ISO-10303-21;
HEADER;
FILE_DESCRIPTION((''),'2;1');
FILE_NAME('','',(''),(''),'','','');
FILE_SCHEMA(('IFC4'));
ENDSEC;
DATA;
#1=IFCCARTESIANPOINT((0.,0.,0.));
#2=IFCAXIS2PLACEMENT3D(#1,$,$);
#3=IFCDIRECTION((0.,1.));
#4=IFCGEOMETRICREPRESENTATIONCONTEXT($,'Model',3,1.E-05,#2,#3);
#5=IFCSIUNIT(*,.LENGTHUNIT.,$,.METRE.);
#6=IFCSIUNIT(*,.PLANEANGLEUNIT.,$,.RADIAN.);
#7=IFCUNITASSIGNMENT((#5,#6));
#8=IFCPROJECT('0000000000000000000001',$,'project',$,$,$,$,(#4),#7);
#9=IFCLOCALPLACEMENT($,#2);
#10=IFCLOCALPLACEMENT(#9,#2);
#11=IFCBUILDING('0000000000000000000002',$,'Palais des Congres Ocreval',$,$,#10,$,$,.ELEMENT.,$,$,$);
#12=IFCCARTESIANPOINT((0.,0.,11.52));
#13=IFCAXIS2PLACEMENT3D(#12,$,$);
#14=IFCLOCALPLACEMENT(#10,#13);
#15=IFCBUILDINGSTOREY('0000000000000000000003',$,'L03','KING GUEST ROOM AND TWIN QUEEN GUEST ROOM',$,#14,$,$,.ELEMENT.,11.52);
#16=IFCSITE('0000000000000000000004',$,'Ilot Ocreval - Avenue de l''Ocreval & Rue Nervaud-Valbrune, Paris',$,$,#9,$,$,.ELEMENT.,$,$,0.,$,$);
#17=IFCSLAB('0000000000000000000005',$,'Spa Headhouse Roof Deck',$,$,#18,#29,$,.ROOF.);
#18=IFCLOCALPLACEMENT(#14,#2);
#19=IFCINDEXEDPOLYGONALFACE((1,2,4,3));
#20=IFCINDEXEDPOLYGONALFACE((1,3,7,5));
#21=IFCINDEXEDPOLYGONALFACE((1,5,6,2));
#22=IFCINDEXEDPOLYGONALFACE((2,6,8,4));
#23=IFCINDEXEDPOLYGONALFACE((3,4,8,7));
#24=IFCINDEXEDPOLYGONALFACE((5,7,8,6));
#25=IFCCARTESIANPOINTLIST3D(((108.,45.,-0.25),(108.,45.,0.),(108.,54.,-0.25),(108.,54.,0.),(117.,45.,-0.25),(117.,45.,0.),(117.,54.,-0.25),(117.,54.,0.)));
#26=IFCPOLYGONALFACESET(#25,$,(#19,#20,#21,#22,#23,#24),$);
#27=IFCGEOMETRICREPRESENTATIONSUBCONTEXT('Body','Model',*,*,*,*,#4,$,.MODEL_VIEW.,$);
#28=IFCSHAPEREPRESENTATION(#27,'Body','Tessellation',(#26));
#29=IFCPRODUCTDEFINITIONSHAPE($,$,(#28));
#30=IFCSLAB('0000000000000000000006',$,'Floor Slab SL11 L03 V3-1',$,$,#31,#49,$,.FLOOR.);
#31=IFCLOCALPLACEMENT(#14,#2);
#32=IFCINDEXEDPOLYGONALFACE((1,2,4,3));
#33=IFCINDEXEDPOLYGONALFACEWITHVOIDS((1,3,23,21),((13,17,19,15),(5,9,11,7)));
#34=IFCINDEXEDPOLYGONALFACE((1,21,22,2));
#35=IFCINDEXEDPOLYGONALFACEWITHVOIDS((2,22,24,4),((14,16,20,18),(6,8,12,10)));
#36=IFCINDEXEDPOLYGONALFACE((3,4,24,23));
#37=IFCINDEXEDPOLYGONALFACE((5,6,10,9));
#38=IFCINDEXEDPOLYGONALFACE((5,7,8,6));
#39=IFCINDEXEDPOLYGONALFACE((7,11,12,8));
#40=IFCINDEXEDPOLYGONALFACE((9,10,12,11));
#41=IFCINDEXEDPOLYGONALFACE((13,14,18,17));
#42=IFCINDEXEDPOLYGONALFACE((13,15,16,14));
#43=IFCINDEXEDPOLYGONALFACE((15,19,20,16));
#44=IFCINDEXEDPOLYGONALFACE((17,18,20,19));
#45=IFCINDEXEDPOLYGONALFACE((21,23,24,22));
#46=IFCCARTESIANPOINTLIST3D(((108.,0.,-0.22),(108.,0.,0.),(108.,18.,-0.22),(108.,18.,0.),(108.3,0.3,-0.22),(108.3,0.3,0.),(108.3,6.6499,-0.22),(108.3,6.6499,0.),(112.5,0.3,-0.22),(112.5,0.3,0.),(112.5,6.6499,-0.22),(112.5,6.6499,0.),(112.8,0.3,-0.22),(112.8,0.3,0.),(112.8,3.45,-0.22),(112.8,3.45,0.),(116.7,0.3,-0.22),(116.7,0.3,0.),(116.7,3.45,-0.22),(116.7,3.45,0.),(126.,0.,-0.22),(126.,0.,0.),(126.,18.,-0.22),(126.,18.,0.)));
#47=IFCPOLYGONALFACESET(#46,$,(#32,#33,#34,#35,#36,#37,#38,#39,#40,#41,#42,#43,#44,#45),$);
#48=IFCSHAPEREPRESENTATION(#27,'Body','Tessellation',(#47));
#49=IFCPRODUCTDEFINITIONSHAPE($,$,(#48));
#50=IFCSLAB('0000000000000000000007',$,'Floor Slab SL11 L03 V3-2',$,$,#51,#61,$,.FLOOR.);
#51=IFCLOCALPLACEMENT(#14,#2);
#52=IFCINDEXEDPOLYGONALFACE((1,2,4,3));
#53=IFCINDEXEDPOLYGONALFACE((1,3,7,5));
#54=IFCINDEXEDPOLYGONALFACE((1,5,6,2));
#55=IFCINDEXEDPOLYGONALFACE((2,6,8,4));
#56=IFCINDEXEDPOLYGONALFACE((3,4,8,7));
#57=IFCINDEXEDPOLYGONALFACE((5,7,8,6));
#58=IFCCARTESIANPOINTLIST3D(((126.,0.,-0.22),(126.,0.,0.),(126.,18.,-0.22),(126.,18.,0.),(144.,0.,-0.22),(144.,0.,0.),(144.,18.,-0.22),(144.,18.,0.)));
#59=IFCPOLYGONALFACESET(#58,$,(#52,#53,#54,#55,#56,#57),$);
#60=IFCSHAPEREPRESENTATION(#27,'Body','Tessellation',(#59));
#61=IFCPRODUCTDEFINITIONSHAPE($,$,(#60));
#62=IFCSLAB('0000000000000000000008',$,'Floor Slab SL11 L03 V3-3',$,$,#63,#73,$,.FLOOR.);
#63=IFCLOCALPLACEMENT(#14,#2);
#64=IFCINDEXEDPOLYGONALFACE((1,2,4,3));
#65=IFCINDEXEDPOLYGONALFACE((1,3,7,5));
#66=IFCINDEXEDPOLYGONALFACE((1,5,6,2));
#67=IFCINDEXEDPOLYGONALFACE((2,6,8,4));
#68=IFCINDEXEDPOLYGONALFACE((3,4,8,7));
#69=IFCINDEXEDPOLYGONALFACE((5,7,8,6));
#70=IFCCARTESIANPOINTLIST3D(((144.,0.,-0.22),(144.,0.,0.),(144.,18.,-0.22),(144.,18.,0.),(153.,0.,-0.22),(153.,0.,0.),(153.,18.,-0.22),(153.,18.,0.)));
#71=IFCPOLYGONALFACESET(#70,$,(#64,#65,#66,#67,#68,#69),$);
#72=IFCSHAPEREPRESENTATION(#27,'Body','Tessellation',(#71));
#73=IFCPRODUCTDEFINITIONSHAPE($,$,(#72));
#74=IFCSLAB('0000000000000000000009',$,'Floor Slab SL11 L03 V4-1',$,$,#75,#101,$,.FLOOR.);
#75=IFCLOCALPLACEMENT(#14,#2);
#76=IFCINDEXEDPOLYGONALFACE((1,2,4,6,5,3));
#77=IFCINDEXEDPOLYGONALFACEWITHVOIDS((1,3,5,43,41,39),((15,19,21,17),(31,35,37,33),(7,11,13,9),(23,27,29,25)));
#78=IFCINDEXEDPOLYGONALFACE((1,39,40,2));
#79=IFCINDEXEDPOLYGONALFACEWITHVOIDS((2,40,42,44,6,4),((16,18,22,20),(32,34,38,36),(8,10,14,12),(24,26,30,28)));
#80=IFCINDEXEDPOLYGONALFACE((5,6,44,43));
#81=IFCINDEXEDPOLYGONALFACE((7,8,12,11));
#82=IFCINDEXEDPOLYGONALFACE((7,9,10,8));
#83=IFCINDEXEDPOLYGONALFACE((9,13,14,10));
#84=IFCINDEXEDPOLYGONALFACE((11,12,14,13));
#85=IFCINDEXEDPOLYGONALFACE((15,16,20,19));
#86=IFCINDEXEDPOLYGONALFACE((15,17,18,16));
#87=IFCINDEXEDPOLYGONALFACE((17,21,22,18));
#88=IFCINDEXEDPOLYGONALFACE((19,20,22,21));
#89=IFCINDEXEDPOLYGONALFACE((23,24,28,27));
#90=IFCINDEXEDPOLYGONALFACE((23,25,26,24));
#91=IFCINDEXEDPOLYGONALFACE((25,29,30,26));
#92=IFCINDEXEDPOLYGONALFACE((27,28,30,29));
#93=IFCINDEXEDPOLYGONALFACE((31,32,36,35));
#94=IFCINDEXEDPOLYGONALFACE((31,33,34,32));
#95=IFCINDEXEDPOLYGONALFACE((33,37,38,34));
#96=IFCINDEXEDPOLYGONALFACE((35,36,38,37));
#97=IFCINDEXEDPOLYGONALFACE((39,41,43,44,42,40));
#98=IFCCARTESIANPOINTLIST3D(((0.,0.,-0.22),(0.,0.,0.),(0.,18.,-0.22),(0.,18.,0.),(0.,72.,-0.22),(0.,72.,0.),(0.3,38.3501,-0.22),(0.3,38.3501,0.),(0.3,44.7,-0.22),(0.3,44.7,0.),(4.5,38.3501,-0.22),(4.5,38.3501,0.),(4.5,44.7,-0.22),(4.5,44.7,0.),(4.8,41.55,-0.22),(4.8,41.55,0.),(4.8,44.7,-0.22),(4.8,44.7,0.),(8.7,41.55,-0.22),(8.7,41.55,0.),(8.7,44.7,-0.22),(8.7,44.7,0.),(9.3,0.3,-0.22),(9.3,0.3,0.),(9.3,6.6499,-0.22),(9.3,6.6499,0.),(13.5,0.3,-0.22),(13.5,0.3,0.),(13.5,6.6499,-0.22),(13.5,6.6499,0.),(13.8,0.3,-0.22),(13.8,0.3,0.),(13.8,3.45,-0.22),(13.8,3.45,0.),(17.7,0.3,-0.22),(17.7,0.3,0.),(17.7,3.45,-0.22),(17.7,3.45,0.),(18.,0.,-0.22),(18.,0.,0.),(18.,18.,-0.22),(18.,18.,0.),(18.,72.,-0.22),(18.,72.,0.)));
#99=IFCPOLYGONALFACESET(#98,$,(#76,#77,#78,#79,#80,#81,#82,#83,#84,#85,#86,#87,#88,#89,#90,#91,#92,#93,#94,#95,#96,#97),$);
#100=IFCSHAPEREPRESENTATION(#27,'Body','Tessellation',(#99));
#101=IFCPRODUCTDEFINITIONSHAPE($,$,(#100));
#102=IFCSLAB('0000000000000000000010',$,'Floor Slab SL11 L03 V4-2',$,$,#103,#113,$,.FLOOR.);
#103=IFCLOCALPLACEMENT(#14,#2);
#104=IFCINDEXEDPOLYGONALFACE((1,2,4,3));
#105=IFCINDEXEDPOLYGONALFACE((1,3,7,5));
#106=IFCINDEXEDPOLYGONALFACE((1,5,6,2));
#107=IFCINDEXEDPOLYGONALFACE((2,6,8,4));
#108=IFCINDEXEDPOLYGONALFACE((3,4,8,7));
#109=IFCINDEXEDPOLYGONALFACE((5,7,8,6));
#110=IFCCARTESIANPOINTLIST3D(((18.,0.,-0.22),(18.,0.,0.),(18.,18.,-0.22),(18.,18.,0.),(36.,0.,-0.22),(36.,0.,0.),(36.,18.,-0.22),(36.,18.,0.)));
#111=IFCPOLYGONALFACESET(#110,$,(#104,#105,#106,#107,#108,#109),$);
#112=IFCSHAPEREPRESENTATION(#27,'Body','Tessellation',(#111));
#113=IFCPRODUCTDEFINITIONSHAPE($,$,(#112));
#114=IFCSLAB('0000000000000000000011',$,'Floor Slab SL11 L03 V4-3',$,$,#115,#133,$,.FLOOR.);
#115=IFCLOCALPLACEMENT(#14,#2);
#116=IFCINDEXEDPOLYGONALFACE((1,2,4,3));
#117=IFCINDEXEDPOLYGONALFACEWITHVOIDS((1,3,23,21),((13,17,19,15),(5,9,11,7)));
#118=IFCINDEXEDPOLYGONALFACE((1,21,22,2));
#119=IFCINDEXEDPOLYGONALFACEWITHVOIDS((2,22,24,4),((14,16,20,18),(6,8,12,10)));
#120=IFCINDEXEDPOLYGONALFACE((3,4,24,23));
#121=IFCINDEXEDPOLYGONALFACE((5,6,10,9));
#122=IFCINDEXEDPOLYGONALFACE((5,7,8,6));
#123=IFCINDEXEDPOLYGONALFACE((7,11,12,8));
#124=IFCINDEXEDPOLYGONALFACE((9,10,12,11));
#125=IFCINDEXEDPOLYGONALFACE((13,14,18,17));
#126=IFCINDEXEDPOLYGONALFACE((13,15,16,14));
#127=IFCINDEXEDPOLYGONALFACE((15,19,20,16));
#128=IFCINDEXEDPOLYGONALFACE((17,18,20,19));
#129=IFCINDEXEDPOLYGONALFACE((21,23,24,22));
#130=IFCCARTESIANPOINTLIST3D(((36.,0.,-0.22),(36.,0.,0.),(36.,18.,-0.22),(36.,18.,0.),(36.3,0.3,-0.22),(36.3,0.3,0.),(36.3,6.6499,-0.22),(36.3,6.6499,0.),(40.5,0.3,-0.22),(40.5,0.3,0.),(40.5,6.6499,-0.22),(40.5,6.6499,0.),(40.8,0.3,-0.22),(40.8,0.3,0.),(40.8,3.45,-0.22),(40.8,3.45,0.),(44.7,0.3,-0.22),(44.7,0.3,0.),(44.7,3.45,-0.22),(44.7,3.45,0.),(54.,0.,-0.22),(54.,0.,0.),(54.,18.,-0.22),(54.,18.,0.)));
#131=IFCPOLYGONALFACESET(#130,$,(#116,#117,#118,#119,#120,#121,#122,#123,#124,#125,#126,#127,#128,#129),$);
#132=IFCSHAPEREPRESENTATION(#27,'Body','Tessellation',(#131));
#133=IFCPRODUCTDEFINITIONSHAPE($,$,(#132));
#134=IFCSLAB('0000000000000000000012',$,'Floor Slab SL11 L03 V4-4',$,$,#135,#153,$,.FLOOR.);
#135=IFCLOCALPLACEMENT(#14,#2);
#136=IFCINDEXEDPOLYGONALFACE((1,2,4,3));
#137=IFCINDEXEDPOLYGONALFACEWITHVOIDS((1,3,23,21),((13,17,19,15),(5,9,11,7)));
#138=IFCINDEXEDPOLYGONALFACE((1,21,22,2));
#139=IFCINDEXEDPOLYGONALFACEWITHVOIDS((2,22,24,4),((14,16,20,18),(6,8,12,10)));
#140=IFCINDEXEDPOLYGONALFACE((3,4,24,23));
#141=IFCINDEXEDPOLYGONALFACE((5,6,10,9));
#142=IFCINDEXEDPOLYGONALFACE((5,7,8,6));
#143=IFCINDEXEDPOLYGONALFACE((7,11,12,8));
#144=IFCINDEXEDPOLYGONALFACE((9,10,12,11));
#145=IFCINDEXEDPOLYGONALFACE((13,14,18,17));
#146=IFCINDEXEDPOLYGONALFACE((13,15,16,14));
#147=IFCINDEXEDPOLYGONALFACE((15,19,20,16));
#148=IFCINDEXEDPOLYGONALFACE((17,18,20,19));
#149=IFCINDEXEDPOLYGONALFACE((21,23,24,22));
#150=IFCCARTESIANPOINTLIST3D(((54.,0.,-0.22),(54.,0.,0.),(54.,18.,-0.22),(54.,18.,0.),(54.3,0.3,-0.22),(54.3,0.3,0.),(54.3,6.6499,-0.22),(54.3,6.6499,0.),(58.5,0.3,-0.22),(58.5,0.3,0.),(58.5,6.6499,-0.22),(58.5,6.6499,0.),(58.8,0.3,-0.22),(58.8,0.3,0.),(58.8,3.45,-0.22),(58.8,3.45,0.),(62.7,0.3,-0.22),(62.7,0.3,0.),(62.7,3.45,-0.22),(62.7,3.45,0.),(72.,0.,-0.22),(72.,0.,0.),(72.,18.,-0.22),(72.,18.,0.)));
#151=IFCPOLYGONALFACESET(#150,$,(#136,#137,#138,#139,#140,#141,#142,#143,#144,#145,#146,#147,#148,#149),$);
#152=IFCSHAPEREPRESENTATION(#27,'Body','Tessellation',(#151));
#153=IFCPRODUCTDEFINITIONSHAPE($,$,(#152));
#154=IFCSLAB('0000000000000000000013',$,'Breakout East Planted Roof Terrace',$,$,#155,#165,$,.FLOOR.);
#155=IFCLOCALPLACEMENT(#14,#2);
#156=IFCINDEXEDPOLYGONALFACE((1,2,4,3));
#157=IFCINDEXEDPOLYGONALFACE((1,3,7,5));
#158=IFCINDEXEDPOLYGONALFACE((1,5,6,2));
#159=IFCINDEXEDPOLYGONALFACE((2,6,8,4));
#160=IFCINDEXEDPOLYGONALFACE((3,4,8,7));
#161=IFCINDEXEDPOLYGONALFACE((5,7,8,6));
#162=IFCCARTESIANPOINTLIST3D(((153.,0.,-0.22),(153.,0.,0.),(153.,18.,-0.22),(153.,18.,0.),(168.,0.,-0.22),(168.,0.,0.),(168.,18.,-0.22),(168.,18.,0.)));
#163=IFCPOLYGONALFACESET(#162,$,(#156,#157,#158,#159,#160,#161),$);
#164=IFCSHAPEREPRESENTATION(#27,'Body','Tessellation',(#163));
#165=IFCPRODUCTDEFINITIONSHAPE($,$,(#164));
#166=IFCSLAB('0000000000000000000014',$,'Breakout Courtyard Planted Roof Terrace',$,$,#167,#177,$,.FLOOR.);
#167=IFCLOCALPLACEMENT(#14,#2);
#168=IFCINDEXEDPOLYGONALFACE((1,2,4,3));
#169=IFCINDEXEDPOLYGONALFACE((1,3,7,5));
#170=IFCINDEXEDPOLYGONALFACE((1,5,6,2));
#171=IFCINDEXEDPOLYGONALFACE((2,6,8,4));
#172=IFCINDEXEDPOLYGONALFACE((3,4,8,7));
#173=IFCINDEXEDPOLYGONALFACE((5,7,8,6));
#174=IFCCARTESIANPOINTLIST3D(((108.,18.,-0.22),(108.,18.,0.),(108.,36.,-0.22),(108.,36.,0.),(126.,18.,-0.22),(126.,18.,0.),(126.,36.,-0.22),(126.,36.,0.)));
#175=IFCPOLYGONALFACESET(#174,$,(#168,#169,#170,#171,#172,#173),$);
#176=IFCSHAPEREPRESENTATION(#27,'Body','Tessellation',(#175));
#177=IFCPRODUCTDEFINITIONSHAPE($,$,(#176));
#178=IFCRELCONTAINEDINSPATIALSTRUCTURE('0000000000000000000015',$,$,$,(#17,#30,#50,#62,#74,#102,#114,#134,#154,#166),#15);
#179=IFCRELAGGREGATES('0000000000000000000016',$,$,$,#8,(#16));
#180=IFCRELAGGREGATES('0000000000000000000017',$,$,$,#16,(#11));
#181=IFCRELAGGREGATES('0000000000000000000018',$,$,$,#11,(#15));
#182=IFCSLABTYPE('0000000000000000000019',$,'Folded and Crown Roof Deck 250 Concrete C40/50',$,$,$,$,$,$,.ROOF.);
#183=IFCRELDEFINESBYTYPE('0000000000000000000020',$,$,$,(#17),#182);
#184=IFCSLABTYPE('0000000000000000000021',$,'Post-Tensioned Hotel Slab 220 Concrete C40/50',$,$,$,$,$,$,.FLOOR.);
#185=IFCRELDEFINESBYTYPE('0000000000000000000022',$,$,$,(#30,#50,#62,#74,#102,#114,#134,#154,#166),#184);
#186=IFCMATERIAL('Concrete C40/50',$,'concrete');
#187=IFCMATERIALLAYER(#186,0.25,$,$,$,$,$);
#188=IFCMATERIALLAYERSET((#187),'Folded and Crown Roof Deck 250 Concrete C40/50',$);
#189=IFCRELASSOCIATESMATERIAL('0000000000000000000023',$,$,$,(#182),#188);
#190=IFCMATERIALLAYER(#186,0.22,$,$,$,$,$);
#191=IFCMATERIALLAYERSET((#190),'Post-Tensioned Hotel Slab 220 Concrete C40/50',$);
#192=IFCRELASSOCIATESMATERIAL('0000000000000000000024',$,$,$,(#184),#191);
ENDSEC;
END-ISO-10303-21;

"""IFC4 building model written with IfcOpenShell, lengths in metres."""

from ifc_helpers import new_model, si_unit, direction, frame, origin, place, context, subcontext, project, spatial, polyline, outline, extrude, material, layer, layer_set, type_object, element, save


model = new_model("IFC4")

# Units and contexts
model_context = context("Model", 3, precision=1e-05, world=origin(), true_north=direction((0.0, 1.0)))
body_context = subcontext(model_context, "Body", "Model", "MODEL_VIEW")
ifc_project = project(units=[si_unit("LENGTHUNIT", "METRE"), si_unit("PLANEANGLEUNIT", "RADIAN")], contexts=[model_context])

# Site, building, storey
site_placement = place(None, origin())
site = spatial("IfcSite", under=ifc_project, at=site_placement, Name="Ilot Ocreval - Avenue de l'Ocreval & Rue Nervaud-Valbrune, Paris", CompositionType="ELEMENT", RefElevation=0.0)
building_placement = place(site_placement, origin())
building = spatial("IfcBuilding", under=site, at=building_placement, Name="Palais des Congres Ocreval", CompositionType="ELEMENT")
storey_placement = place(building_placement, frame((0.0, 0.0, 11.52)))
storey = spatial("IfcBuildingStorey", under=building, at=storey_placement, Name="L03", Description="KING GUEST ROOM AND TWIN QUEEN GUEST ROOM", CompositionType="ELEMENT", Elevation=11.52)

# Shared definitions
ifc_material_1 = material(Name="Concrete C40/50", Category="concrete")
ifc_layer_1 = layer(ifc_material_1, 0.25)
ifc_layer_set_1 = layer_set([ifc_layer_1], Name="Folded and Crown Roof Deck 250 Concrete C40/50")
slab_type_1 = type_object("IfcSlabType", Name="Folded and Crown Roof Deck 250 Concrete C40/50", PredefinedType="ROOF", material=ifc_layer_set_1)

# Slabs
slab_1_placement = place(storey_placement, frame((0.0, 0.0, -0.25)))
element("IfcSlab", 1, at=slab_1_placement, inside=storey, type_object=slab_type_1, Name="Spa Headhouse Roof Deck", PredefinedType="ROOF", context=body_context, shape_type="SweptSolid", body=[
    extrude(outline(polyline([(108.0, 45.0), (108.0, 54.0), (117.0, 54.0), (117.0, 45.0), (108.0, 45.0)])), origin(), (0.0, 0.0, 1.0), 0.25),
])
ifc_layer_2 = layer(ifc_material_1, 0.22)
ifc_layer_set_2 = layer_set([ifc_layer_2], Name="Post-Tensioned Hotel Slab 220 Concrete C40/50")
slab_type_2 = type_object("IfcSlabType", Name="Post-Tensioned Hotel Slab 220 Concrete C40/50", PredefinedType="FLOOR", material=ifc_layer_set_2)
slab_2_placement = place(storey_placement, frame((0.0, 0.0, -0.22)))
element("IfcSlab", 2, at=slab_2_placement, inside=storey, type_object=slab_type_2, Name="Floor Slab SL11 L03 V3-1", PredefinedType="FLOOR", context=body_context, shape_type="SweptSolid", body=[
    extrude(outline(polyline([(108.0, 18.0), (126.0, 18.0), (126.0, 0.0), (108.0, 0.0), (108.0, 18.0)]), holes=[polyline([(112.8, 3.45), (112.8, 0.3), (116.7, 0.3), (116.7, 3.45), (112.8, 3.45)]), polyline([(108.3, 0.3), (112.5, 0.3), (112.5, 6.6499), (108.3, 6.6499), (108.3, 0.3)])]), origin(), (0.0, 0.0, 1.0), 0.22),
])
slab_3_placement = place(storey_placement, frame((0.0, 0.0, -0.22)))
element("IfcSlab", 3, at=slab_3_placement, inside=storey, type_object=slab_type_2, Name="Floor Slab SL11 L03 V3-2", PredefinedType="FLOOR", context=body_context, shape_type="SweptSolid", body=[
    extrude(outline(polyline([(144.0, 18.0), (144.0, 0.0), (126.0, 0.0), (126.0, 18.0), (144.0, 18.0)])), origin(), (0.0, 0.0, 1.0), 0.22),
])
slab_4_placement = place(storey_placement, frame((0.0, 0.0, -0.22)))
element("IfcSlab", 4, at=slab_4_placement, inside=storey, type_object=slab_type_2, Name="Floor Slab SL11 L03 V3-3", PredefinedType="FLOOR", context=body_context, shape_type="SweptSolid", body=[
    extrude(outline(polyline([(153.0, 18.0), (153.0, 0.0), (144.0, 0.0), (144.0, 18.0), (153.0, 18.0)])), origin(), (0.0, 0.0, 1.0), 0.22),
])
slab_5_placement = place(storey_placement, frame((0.0, 0.0, -0.22)))
element("IfcSlab", 5, at=slab_5_placement, inside=storey, type_object=slab_type_2, Name="Floor Slab SL11 L03 V4-1", PredefinedType="FLOOR", context=body_context, shape_type="SweptSolid", body=[
    extrude(outline(polyline([(0.0, 0.0), (0.0, 18.0), (0.0, 72.0), (18.0, 72.0), (18.0, 18.0), (18.0, 0.0), (0.0, 0.0)]), holes=[polyline([(13.8, 0.3), (17.7, 0.3), (17.7, 3.45), (13.8, 3.45), (13.8, 0.3)]), polyline([(9.3, 6.6499), (9.3, 0.3), (13.5, 0.3), (13.5, 6.6499), (9.3, 6.6499)]), polyline([(0.3, 44.7), (0.3, 38.3501), (4.5, 38.3501), (4.5, 44.7), (0.3, 44.7)]), polyline([(4.8, 44.7), (4.8, 41.55), (8.7, 41.55), (8.7, 44.7), (4.8, 44.7)])]), origin(), (0.0, 0.0, 1.0), 0.22),
])
slab_6_placement = place(storey_placement, frame((0.0, 0.0, -0.22)))
element("IfcSlab", 6, at=slab_6_placement, inside=storey, type_object=slab_type_2, Name="Floor Slab SL11 L03 V4-2", PredefinedType="FLOOR", context=body_context, shape_type="SweptSolid", body=[
    extrude(outline(polyline([(18.0, 0.0), (18.0, 18.0), (36.0, 18.0), (36.0, 0.0), (18.0, 0.0)])), origin(), (0.0, 0.0, 1.0), 0.22),
])
slab_7_placement = place(storey_placement, frame((0.0, 0.0, -0.22)))
element("IfcSlab", 7, at=slab_7_placement, inside=storey, type_object=slab_type_2, Name="Floor Slab SL11 L03 V4-3", PredefinedType="FLOOR", context=body_context, shape_type="SweptSolid", body=[
    extrude(outline(polyline([(36.0, 0.0), (36.0, 18.0), (54.0, 18.0), (54.0, 0.0), (36.0, 0.0)]), holes=[polyline([(40.8, 0.3), (44.7, 0.3), (44.7, 3.45), (40.8, 3.45), (40.8, 0.3)]), polyline([(36.3, 0.3), (40.5, 0.3), (40.5, 6.6499), (36.3, 6.6499), (36.3, 0.3)])]), origin(), (0.0, 0.0, 1.0), 0.22),
])
slab_8_placement = place(storey_placement, frame((0.0, 0.0, -0.22)))
element("IfcSlab", 8, at=slab_8_placement, inside=storey, type_object=slab_type_2, Name="Floor Slab SL11 L03 V4-4", PredefinedType="FLOOR", context=body_context, shape_type="SweptSolid", body=[
    extrude(outline(polyline([(54.0, 0.0), (54.0, 18.0), (72.0, 18.0), (72.0, 0.0), (54.0, 0.0)]), holes=[polyline([(58.8, 0.3), (62.7, 0.3), (62.7, 3.45), (58.8, 3.45), (58.8, 0.3)]), polyline([(54.3, 0.3), (58.5, 0.3), (58.5, 6.6499), (54.3, 6.6499), (54.3, 0.3)])]), origin(), (0.0, 0.0, 1.0), 0.22),
])
slab_9_placement = place(storey_placement, frame((0.0, 0.0, -0.22)))
element("IfcSlab", 9, at=slab_9_placement, inside=storey, type_object=slab_type_2, Name="Breakout East Planted Roof Terrace", PredefinedType="FLOOR", context=body_context, shape_type="SweptSolid", body=[
    extrude(outline(polyline([(153.0, 0.0), (153.0, 18.0), (168.0, 18.0), (168.0, 0.0), (153.0, 0.0)])), origin(), (0.0, 0.0, 1.0), 0.22),
])
slab_10_placement = place(storey_placement, frame((0.0, 0.0, -0.22)))
element("IfcSlab", 10, at=slab_10_placement, inside=storey, type_object=slab_type_2, Name="Breakout Courtyard Planted Roof Terrace", PredefinedType="FLOOR", context=body_context, shape_type="SweptSolid", body=[
    extrude(outline(polyline([(108.0, 18.0), (108.0, 36.0), (126.0, 36.0), (126.0, 18.0), (108.0, 18.0)])), origin(), (0.0, 0.0, 1.0), 0.22),
])

save(model, "model.ifc")
